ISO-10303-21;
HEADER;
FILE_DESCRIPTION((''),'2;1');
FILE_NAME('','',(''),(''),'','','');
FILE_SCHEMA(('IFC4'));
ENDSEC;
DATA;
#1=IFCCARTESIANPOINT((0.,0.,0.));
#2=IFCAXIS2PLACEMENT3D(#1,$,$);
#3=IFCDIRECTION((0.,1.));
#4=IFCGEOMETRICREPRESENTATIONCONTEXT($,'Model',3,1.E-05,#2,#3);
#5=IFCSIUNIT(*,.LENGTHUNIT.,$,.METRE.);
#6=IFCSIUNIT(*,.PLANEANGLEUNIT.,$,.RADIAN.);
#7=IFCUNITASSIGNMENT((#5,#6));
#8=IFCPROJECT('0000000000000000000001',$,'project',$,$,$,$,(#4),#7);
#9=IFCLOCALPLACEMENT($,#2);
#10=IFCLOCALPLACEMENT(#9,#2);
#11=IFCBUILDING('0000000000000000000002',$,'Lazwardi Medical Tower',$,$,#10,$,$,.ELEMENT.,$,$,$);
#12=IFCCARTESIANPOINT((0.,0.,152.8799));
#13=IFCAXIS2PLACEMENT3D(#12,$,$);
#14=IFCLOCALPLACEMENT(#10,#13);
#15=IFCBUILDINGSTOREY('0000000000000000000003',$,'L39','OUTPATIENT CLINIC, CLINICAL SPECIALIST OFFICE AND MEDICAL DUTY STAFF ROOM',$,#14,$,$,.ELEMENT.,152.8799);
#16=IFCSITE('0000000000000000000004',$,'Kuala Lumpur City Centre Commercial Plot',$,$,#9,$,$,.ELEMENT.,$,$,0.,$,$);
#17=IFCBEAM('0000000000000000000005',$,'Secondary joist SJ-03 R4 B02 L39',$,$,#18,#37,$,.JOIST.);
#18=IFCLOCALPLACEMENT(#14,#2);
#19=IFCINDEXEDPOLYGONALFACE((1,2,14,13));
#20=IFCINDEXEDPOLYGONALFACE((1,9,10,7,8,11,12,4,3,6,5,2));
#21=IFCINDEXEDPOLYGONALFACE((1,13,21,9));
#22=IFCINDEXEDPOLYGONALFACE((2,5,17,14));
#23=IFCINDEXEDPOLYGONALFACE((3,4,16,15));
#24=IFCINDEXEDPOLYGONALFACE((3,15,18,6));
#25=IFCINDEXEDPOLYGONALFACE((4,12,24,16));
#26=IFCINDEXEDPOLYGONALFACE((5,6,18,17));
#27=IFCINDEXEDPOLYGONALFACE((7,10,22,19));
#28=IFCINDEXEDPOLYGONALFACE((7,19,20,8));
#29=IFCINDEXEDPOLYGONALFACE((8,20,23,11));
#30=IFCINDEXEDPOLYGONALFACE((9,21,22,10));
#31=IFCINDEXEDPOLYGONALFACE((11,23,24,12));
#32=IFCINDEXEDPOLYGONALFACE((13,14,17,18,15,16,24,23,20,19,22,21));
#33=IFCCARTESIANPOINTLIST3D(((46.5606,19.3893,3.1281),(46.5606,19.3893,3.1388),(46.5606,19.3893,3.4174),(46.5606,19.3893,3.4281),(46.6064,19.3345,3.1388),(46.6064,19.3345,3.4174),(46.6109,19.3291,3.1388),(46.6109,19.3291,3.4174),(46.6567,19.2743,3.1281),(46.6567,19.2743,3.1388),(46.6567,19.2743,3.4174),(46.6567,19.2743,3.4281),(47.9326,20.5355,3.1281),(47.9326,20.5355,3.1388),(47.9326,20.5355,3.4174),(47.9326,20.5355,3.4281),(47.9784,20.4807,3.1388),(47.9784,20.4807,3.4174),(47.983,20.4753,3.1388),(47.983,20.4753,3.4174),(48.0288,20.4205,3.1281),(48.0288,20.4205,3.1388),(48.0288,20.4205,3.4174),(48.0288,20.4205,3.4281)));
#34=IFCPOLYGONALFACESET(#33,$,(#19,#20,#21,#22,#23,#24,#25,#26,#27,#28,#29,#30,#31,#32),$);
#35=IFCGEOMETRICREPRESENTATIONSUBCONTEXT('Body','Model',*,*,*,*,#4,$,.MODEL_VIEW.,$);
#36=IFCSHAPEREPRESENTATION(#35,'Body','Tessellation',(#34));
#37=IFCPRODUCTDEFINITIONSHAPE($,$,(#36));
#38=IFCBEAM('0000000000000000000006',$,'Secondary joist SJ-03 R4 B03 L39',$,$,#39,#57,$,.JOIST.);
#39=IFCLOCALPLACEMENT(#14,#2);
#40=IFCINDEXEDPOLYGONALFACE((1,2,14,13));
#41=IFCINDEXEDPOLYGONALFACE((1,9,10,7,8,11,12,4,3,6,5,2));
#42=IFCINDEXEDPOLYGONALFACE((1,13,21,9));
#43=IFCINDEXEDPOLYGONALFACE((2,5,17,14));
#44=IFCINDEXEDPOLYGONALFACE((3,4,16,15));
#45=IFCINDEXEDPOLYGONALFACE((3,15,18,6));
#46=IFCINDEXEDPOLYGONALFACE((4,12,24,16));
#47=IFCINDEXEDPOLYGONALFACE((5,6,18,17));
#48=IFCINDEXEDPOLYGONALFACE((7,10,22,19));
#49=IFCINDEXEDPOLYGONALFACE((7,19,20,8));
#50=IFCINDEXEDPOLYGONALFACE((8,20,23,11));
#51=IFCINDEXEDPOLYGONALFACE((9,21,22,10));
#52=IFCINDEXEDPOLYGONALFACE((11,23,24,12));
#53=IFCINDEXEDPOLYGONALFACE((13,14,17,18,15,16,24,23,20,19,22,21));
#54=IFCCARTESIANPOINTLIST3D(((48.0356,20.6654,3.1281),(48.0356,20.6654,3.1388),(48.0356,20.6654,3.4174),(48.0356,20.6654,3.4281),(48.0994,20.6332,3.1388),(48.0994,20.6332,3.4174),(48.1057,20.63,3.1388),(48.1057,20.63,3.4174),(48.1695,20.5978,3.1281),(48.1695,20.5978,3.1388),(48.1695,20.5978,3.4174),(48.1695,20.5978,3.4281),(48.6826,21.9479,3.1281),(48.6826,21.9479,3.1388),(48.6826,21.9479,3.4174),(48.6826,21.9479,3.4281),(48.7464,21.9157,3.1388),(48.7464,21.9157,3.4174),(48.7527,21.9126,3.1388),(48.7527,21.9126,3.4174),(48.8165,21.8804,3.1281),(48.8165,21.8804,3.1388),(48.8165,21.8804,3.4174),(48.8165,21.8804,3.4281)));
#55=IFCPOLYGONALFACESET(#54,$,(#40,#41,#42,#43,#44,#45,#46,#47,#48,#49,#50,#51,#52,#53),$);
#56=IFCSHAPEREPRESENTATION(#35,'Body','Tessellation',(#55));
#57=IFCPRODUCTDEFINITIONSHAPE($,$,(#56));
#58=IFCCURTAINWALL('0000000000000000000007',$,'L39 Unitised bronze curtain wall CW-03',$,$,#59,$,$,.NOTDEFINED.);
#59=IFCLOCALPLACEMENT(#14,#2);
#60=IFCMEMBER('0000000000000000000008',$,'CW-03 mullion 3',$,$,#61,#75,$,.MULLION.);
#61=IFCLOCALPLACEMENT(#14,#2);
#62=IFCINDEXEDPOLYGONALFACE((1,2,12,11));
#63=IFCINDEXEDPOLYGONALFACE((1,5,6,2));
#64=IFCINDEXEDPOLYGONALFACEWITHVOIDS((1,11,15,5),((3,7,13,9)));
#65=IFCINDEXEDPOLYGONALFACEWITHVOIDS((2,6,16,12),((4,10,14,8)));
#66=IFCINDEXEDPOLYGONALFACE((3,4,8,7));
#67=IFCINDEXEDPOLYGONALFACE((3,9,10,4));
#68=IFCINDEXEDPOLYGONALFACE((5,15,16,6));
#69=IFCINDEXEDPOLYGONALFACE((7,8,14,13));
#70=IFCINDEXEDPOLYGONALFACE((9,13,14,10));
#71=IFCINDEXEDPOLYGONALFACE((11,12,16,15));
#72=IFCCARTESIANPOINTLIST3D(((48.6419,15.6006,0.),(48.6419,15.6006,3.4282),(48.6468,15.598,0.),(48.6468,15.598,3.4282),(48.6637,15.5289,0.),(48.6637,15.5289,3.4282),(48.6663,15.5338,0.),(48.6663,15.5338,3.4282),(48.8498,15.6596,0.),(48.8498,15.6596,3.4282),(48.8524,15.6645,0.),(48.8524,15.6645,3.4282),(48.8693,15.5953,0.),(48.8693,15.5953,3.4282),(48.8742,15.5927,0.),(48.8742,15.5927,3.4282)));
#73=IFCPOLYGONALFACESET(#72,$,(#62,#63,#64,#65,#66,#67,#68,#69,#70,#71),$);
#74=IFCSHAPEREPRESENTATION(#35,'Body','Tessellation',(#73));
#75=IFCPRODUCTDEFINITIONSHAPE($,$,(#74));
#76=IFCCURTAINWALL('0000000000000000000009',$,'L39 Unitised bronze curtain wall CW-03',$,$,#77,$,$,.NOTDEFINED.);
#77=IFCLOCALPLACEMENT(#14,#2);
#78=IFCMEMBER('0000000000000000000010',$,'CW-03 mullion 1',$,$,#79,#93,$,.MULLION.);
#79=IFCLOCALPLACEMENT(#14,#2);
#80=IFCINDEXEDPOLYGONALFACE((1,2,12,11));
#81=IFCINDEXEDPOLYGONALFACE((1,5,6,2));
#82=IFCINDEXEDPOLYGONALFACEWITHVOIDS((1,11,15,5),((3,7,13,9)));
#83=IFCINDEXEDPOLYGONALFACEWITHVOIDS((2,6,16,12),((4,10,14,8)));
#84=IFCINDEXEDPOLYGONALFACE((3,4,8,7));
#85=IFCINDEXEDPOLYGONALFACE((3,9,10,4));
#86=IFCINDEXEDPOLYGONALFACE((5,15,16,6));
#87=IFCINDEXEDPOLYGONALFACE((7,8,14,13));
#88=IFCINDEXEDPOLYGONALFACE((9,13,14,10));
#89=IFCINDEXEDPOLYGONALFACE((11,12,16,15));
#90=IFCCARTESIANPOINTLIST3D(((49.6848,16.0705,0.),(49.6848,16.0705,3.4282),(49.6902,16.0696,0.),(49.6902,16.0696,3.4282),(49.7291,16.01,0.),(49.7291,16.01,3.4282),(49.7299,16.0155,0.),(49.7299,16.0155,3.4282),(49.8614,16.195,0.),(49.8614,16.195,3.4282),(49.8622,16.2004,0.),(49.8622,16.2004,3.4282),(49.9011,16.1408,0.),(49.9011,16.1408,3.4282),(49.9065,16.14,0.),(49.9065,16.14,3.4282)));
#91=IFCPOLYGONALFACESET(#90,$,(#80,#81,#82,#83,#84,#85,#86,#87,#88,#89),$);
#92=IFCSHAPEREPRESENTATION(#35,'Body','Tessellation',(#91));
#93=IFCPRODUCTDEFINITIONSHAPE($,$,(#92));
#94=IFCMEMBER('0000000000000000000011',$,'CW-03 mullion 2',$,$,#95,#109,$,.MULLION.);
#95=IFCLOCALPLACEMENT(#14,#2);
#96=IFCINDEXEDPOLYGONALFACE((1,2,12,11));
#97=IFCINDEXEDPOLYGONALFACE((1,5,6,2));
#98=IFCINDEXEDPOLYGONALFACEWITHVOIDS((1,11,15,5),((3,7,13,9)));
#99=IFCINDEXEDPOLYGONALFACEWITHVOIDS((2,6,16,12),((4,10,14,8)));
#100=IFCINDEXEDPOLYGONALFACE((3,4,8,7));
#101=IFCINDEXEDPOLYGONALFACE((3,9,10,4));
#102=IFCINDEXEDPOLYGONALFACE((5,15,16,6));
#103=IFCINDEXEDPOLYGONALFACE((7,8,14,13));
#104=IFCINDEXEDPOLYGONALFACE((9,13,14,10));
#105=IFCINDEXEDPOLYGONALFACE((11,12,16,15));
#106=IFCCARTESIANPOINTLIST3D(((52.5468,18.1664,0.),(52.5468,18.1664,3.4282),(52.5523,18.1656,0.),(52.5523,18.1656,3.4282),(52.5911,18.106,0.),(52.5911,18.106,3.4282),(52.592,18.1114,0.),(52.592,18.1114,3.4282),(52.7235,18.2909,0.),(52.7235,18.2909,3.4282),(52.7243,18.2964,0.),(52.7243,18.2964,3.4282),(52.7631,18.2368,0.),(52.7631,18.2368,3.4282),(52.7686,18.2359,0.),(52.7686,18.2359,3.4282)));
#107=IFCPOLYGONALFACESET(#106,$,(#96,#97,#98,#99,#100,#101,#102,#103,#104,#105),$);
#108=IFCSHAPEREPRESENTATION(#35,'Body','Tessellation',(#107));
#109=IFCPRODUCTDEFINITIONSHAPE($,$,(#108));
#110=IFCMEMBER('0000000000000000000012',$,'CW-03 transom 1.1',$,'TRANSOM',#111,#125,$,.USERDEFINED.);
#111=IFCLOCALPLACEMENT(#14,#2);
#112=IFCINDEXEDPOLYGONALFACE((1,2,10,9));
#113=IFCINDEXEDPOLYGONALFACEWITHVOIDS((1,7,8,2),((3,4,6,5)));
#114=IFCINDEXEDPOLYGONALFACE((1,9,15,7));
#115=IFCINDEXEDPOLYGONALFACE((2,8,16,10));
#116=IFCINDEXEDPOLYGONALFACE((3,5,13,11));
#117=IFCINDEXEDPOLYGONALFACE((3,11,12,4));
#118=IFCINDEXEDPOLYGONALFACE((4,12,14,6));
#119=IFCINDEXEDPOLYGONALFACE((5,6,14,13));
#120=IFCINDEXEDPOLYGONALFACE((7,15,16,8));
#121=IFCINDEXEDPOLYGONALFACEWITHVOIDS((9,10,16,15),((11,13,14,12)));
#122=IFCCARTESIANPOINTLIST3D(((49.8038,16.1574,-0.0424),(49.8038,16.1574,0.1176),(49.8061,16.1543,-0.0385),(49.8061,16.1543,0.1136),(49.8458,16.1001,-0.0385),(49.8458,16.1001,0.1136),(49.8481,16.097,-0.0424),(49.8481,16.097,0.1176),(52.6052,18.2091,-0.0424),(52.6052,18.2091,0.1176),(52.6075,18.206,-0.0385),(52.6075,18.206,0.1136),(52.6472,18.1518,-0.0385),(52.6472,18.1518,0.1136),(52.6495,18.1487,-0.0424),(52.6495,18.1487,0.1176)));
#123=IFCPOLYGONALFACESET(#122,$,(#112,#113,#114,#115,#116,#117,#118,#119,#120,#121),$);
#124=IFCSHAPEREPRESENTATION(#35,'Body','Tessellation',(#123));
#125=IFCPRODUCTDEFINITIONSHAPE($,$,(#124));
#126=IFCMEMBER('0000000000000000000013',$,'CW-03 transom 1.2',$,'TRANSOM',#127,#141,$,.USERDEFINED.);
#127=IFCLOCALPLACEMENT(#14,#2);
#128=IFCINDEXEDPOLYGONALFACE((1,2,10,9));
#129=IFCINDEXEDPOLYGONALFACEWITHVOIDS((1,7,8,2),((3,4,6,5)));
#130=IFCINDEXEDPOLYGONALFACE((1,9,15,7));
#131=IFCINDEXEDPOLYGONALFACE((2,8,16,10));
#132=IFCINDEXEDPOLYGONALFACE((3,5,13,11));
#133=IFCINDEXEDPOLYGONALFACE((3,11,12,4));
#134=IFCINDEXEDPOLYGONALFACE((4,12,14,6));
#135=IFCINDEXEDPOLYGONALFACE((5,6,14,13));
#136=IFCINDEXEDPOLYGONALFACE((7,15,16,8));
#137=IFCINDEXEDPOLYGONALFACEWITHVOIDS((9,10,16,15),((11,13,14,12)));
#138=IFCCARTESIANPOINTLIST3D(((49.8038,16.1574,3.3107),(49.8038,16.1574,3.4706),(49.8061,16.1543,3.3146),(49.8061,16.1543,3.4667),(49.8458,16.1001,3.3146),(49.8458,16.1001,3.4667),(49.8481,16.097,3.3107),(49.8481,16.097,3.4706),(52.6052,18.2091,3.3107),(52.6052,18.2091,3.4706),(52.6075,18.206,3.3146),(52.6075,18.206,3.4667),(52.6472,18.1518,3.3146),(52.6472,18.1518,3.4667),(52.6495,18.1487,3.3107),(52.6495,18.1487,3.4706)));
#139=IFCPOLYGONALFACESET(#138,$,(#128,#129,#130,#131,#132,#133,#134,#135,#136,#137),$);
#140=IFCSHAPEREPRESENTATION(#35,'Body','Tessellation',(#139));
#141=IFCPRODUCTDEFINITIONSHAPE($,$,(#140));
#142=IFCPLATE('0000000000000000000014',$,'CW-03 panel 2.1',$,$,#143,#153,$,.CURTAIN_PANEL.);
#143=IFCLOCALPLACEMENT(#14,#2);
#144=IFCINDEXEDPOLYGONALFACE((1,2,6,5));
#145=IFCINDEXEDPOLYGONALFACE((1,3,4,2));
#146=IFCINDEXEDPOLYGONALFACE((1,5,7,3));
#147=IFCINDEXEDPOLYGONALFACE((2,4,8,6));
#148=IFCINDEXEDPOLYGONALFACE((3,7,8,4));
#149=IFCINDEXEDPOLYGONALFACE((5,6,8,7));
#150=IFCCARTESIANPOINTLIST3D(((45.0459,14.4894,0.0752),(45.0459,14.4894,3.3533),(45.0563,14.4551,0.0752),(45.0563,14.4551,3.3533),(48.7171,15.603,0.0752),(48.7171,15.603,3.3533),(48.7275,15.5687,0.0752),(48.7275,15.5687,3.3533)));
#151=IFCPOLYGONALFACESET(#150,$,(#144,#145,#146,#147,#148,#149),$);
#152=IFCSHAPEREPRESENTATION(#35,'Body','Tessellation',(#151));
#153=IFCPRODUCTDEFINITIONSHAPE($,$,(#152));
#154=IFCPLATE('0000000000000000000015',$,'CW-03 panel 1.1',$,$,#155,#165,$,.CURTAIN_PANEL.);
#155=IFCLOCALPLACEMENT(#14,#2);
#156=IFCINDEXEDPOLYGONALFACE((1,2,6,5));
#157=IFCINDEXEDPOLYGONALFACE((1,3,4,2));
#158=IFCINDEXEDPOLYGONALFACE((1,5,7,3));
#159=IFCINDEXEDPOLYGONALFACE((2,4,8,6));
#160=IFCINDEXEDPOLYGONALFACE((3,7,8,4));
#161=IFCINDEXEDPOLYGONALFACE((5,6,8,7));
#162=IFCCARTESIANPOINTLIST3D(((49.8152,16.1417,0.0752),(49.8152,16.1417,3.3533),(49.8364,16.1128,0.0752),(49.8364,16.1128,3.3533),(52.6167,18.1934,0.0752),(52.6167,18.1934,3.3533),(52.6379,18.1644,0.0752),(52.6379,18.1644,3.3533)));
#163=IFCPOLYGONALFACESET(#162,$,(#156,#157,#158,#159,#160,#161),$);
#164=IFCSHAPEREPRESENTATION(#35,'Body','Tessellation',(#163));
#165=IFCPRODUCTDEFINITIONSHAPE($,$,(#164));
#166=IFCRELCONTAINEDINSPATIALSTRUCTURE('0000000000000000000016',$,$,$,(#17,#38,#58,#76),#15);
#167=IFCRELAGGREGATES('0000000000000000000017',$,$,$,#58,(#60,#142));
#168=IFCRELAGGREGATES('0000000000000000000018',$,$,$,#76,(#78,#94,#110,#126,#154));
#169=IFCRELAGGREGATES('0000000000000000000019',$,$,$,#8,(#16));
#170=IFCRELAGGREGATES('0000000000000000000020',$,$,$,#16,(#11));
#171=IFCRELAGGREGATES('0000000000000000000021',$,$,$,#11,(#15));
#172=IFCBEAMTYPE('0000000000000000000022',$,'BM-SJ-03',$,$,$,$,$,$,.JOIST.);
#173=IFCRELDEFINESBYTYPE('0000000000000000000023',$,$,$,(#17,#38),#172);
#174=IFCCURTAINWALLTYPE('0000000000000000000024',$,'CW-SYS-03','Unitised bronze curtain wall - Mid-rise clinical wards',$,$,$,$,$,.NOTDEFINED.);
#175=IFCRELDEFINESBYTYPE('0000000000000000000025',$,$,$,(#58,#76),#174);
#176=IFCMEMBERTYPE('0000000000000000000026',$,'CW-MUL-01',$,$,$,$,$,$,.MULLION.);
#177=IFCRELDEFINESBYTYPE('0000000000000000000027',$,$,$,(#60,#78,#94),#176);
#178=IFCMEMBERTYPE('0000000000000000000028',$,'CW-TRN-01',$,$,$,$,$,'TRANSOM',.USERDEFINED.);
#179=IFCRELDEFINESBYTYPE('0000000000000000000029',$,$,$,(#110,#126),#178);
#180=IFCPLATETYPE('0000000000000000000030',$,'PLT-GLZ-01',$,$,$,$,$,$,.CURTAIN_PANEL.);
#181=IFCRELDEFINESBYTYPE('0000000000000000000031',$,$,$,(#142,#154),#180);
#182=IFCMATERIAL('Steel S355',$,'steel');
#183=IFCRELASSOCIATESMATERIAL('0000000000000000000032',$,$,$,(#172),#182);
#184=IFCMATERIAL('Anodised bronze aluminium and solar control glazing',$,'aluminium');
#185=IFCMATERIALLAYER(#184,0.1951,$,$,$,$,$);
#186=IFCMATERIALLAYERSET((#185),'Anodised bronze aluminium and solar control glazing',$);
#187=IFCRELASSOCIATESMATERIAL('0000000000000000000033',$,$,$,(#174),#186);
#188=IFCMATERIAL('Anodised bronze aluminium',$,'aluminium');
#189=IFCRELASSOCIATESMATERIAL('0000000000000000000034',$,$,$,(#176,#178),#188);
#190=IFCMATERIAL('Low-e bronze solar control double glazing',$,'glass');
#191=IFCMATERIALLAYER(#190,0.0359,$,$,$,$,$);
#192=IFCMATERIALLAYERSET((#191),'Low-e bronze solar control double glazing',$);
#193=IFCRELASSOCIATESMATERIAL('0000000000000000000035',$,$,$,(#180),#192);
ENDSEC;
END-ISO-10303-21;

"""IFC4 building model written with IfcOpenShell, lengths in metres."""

from ifc_helpers import new_model, si_unit, direction, frame, origin, origin_2d, place, context, subcontext, project, spatial, rectangle, hollow_rectangle, i_section, extrude, material, layer, layer_set, material_profile, profile_set, type_object, element, aggregate, save


model = new_model("IFC4")

# Units and contexts
model_context = context("Model", 3, precision=1e-05, world=origin(), true_north=direction((0.0, 1.0)))
body_context = subcontext(model_context, "Body", "Model", "MODEL_VIEW")
ifc_project = project(units=[si_unit("LENGTHUNIT", "METRE"), si_unit("PLANEANGLEUNIT", "RADIAN")], contexts=[model_context])

# Site, building, storey
site_placement = place(None, origin())
site = spatial("IfcSite", under=ifc_project, at=site_placement, Name="Kuala Lumpur City Centre Commercial Plot", CompositionType="ELEMENT", RefElevation=0.0)
building_placement = place(site_placement, origin())
building = spatial("IfcBuilding", under=site, at=building_placement, Name="Lazwardi Medical Tower", CompositionType="ELEMENT")
storey_placement = place(building_placement, frame((0.0, 0.0, 152.8799)))
storey = spatial("IfcBuildingStorey", under=building, at=storey_placement, Name="L39", Description="OUTPATIENT CLINIC, CLINICAL SPECIALIST OFFICE AND MEDICAL DUTY STAFF ROOM", CompositionType="ELEMENT", Elevation=152.8799)

# Beams
ifc_material_1 = material(Name="Steel S355", Category="steel")
ifc_material_profile_1 = material_profile(ifc_material_1, i_section(OverallWidth=0.1499, OverallDepth=0.3, WebThickness=0.0071, FlangeThickness=0.0107, at=origin_2d()), Name="IPE 300")
ifc_profile_set_1 = profile_set([ifc_material_profile_1], Name="Steel S355")
beam_type_1 = type_object("IfcBeamType", Name="BM-SJ-03", PredefinedType="JOIST", material=ifc_profile_set_1)
beam_1_placement = place(storey_placement, frame((46.6086, 19.3318, 3.2781), z_axis=(0.767437, 0.641124, 0.0), x_axis=(-0.641124, 0.767437, 0.0)))
element("IfcBeam", 1, at=beam_1_placement, inside=storey, type_object=beam_type_1, Name="Secondary joist SJ-03 R4 B02 L39", PredefinedType="JOIST", context=body_context, shape_type="SweptSolid", body=[
    extrude(i_section(OverallWidth=0.1499, OverallDepth=0.3, WebThickness=0.0071, FlangeThickness=0.0107, at=origin_2d()), origin(), (0.0, 0.0, 1.0), 1.7878),
])
beam_2_placement = place(storey_placement, frame((48.1025, 20.6316, 3.2781), z_axis=(0.450406, 0.892824, 0.0), x_axis=(-0.892824, 0.450406, 0.0)))
element("IfcBeam", 2, at=beam_2_placement, inside=storey, type_object=beam_type_1, Name="Secondary joist SJ-03 R4 B03 L39", PredefinedType="JOIST", context=body_context, shape_type="SweptSolid", body=[
    extrude(i_section(OverallWidth=0.1499, OverallDepth=0.3, WebThickness=0.0071, FlangeThickness=0.0107, at=origin_2d()), origin(), (0.0, 0.0, 1.0), 1.4365),
])

# Curtain wall, member
ifc_material_2 = material(Name="Anodised bronze aluminium and solar control glazing", Category="aluminium")
ifc_layer_1 = layer(ifc_material_2, 0.1951)
ifc_layer_set_1 = layer_set([ifc_layer_1], Name="Anodised bronze aluminium and solar control glazing")
curtain_wall_type = type_object("IfcCurtainWallType", Name="CW-SYS-03", Description="Unitised bronze curtain wall - Mid-rise clinical wards", PredefinedType="NOTDEFINED", material=ifc_layer_set_1)
curtain_wall_1_placement = place(storey_placement, origin())
curtain_wall_1 = element("IfcCurtainWall", 3, at=curtain_wall_1_placement, inside=storey, type_object=curtain_wall_type, Name="L39 Unitised bronze curtain wall CW-03", PredefinedType="NOTDEFINED")
ifc_material_3 = material(Name="Anodised bronze aluminium", Category="aluminium")
ifc_material_profile_2 = material_profile(ifc_material_3, hollow_rectangle(XDim=0.075, YDim=0.22, WallThickness=0.0039, at=origin_2d()), Name="ALU-MULLION 220x75x4")
ifc_profile_set_2 = profile_set([ifc_material_profile_2], Name="Anodised bronze aluminium")
member_type_1 = type_object("IfcMemberType", Name="CW-MUL-01", PredefinedType="MULLION", material=ifc_profile_set_2)
member_1_placement = place(storey_placement, frame((48.7581, 15.5967, 0.0), z_axis=(0.0, 0.0, 1.0), x_axis=(-0.290281, 0.956942, 0.0)))
member_1 = element("IfcMember", 4, at=member_1_placement, type_object=member_type_1, Name="CW-03 mullion 3", PredefinedType="MULLION", context=body_context, shape_type="SweptSolid", body=[
    extrude(hollow_rectangle(XDim=0.075, YDim=0.22, WallThickness=0.0039, at=origin_2d()), origin(), (0.0, 0.0, 1.0), 3.4282),
])

# Curtain wall, members
curtain_wall_2_placement = place(storey_placement, origin())
curtain_wall_2 = element("IfcCurtainWall", 5, at=curtain_wall_2_placement, inside=storey, type_object=curtain_wall_type, Name="L39 Unitised bronze curtain wall CW-03", PredefinedType="NOTDEFINED")
member_2_placement = place(storey_placement, frame((49.7957, 16.1052, 0.0), z_axis=(0.0, 0.0, 1.0), x_axis=(-0.590834, 0.806793, 0.0)))
member_2 = element("IfcMember", 6, at=member_2_placement, type_object=member_type_1, Name="CW-03 mullion 1", PredefinedType="MULLION", context=body_context, shape_type="SweptSolid", body=[
    extrude(hollow_rectangle(XDim=0.075, YDim=0.22, WallThickness=0.0039, at=origin_2d()), origin(), (0.0, 0.0, 1.0), 3.4282),
])
member_3_placement = place(storey_placement, frame((52.6577, 18.2012, 0.0), z_axis=(0.0, 0.0, 1.0), x_axis=(-0.590834, 0.806793, 0.0)))
member_3 = element("IfcMember", 7, at=member_3_placement, type_object=member_type_1, Name="CW-03 mullion 2", PredefinedType="MULLION", context=body_context, shape_type="SweptSolid", body=[
    extrude(hollow_rectangle(XDim=0.075, YDim=0.22, WallThickness=0.0039, at=origin_2d()), origin(), (0.0, 0.0, 1.0), 3.4282),
])
ifc_material_profile_3 = material_profile(ifc_material_3, hollow_rectangle(XDim=0.075, YDim=0.1599, WallThickness=0.0039, at=origin_2d()), Name="ALU-TRANSOM 160x75x4")
ifc_profile_set_3 = profile_set([ifc_material_profile_3], Name="Anodised bronze aluminium")
member_type_2 = type_object("IfcMemberType", Name="CW-TRN-01", ElementType="TRANSOM", PredefinedType="USERDEFINED", material=ifc_profile_set_3)
member_4_placement = place(storey_placement, frame((49.8259, 16.1272, 0.0376), z_axis=(0.806774, 0.590861, 0.0), x_axis=(-0.590861, 0.806774, 0.0)))
member_4 = element("IfcMember", 8, at=member_4_placement, type_object=member_type_2, Name="CW-03 transom 1.1", ObjectType="TRANSOM", PredefinedType="USERDEFINED", context=body_context, shape_type="SweptSolid", body=[
    extrude(hollow_rectangle(XDim=0.075, YDim=0.1599, WallThickness=0.0039, at=origin_2d()), origin(), (0.0, 0.0, 1.0), 3.4724),
])
member_5_placement = place(storey_placement, frame((49.8259, 16.1272, 3.3906), z_axis=(0.806774, 0.590861, 0.0), x_axis=(-0.590861, 0.806774, 0.0)))
member_5 = element("IfcMember", 9, at=member_5_placement, type_object=member_type_2, Name="CW-03 transom 1.2", ObjectType="TRANSOM", PredefinedType="USERDEFINED", context=body_context, shape_type="SweptSolid", body=[
    extrude(hollow_rectangle(XDim=0.075, YDim=0.1599, WallThickness=0.0039, at=origin_2d()), origin(), (0.0, 0.0, 1.0), 3.4724),
])

# Plates
ifc_material_4 = material(Name="Low-e bronze solar control double glazing", Category="glass")
ifc_layer_2 = layer(ifc_material_4, 0.0359)
ifc_layer_set_2 = layer_set([ifc_layer_2], Name="Low-e bronze solar control double glazing")
plate_type = type_object("IfcPlateType", Name="PLT-GLZ-01", PredefinedType="CURTAIN_PANEL", material=ifc_layer_set_2)
plate_1_placement = place(storey_placement, frame((46.8867, 15.0291, 0.0752), z_axis=(0.0, 0.0, 1.0), x_axis=(0.956942, 0.290281, 0.0)))
plate_1 = element("IfcPlate", 10, at=plate_1_placement, type_object=plate_type, Name="CW-03 panel 2.1", PredefinedType="CURTAIN_PANEL", context=body_context, shape_type="SweptSolid", body=[
    extrude(rectangle(XDim=3.8364, YDim=0.0359, at=origin_2d()), origin(), (0.0, 0.0, 1.0), 3.2781),
])
aggregate(curtain_wall_1, [member_1, plate_1])
plate_2_placement = place(storey_placement, frame((51.2266, 17.1531, 0.0752), z_axis=(0.0, 0.0, 1.0), x_axis=(0.806793, 0.590834, 0.0)))
plate_2 = element("IfcPlate", 11, at=plate_2_placement, type_object=plate_type, Name="CW-03 panel 1.1", PredefinedType="CURTAIN_PANEL", context=body_context, shape_type="SweptSolid", body=[
    extrude(rectangle(XDim=3.4724, YDim=0.0359, at=origin_2d()), origin(), (0.0, 0.0, 1.0), 3.2781),
])
aggregate(curtain_wall_2, [member_2, member_3, member_4, member_5, plate_2])

save(model, "model.ifc")
